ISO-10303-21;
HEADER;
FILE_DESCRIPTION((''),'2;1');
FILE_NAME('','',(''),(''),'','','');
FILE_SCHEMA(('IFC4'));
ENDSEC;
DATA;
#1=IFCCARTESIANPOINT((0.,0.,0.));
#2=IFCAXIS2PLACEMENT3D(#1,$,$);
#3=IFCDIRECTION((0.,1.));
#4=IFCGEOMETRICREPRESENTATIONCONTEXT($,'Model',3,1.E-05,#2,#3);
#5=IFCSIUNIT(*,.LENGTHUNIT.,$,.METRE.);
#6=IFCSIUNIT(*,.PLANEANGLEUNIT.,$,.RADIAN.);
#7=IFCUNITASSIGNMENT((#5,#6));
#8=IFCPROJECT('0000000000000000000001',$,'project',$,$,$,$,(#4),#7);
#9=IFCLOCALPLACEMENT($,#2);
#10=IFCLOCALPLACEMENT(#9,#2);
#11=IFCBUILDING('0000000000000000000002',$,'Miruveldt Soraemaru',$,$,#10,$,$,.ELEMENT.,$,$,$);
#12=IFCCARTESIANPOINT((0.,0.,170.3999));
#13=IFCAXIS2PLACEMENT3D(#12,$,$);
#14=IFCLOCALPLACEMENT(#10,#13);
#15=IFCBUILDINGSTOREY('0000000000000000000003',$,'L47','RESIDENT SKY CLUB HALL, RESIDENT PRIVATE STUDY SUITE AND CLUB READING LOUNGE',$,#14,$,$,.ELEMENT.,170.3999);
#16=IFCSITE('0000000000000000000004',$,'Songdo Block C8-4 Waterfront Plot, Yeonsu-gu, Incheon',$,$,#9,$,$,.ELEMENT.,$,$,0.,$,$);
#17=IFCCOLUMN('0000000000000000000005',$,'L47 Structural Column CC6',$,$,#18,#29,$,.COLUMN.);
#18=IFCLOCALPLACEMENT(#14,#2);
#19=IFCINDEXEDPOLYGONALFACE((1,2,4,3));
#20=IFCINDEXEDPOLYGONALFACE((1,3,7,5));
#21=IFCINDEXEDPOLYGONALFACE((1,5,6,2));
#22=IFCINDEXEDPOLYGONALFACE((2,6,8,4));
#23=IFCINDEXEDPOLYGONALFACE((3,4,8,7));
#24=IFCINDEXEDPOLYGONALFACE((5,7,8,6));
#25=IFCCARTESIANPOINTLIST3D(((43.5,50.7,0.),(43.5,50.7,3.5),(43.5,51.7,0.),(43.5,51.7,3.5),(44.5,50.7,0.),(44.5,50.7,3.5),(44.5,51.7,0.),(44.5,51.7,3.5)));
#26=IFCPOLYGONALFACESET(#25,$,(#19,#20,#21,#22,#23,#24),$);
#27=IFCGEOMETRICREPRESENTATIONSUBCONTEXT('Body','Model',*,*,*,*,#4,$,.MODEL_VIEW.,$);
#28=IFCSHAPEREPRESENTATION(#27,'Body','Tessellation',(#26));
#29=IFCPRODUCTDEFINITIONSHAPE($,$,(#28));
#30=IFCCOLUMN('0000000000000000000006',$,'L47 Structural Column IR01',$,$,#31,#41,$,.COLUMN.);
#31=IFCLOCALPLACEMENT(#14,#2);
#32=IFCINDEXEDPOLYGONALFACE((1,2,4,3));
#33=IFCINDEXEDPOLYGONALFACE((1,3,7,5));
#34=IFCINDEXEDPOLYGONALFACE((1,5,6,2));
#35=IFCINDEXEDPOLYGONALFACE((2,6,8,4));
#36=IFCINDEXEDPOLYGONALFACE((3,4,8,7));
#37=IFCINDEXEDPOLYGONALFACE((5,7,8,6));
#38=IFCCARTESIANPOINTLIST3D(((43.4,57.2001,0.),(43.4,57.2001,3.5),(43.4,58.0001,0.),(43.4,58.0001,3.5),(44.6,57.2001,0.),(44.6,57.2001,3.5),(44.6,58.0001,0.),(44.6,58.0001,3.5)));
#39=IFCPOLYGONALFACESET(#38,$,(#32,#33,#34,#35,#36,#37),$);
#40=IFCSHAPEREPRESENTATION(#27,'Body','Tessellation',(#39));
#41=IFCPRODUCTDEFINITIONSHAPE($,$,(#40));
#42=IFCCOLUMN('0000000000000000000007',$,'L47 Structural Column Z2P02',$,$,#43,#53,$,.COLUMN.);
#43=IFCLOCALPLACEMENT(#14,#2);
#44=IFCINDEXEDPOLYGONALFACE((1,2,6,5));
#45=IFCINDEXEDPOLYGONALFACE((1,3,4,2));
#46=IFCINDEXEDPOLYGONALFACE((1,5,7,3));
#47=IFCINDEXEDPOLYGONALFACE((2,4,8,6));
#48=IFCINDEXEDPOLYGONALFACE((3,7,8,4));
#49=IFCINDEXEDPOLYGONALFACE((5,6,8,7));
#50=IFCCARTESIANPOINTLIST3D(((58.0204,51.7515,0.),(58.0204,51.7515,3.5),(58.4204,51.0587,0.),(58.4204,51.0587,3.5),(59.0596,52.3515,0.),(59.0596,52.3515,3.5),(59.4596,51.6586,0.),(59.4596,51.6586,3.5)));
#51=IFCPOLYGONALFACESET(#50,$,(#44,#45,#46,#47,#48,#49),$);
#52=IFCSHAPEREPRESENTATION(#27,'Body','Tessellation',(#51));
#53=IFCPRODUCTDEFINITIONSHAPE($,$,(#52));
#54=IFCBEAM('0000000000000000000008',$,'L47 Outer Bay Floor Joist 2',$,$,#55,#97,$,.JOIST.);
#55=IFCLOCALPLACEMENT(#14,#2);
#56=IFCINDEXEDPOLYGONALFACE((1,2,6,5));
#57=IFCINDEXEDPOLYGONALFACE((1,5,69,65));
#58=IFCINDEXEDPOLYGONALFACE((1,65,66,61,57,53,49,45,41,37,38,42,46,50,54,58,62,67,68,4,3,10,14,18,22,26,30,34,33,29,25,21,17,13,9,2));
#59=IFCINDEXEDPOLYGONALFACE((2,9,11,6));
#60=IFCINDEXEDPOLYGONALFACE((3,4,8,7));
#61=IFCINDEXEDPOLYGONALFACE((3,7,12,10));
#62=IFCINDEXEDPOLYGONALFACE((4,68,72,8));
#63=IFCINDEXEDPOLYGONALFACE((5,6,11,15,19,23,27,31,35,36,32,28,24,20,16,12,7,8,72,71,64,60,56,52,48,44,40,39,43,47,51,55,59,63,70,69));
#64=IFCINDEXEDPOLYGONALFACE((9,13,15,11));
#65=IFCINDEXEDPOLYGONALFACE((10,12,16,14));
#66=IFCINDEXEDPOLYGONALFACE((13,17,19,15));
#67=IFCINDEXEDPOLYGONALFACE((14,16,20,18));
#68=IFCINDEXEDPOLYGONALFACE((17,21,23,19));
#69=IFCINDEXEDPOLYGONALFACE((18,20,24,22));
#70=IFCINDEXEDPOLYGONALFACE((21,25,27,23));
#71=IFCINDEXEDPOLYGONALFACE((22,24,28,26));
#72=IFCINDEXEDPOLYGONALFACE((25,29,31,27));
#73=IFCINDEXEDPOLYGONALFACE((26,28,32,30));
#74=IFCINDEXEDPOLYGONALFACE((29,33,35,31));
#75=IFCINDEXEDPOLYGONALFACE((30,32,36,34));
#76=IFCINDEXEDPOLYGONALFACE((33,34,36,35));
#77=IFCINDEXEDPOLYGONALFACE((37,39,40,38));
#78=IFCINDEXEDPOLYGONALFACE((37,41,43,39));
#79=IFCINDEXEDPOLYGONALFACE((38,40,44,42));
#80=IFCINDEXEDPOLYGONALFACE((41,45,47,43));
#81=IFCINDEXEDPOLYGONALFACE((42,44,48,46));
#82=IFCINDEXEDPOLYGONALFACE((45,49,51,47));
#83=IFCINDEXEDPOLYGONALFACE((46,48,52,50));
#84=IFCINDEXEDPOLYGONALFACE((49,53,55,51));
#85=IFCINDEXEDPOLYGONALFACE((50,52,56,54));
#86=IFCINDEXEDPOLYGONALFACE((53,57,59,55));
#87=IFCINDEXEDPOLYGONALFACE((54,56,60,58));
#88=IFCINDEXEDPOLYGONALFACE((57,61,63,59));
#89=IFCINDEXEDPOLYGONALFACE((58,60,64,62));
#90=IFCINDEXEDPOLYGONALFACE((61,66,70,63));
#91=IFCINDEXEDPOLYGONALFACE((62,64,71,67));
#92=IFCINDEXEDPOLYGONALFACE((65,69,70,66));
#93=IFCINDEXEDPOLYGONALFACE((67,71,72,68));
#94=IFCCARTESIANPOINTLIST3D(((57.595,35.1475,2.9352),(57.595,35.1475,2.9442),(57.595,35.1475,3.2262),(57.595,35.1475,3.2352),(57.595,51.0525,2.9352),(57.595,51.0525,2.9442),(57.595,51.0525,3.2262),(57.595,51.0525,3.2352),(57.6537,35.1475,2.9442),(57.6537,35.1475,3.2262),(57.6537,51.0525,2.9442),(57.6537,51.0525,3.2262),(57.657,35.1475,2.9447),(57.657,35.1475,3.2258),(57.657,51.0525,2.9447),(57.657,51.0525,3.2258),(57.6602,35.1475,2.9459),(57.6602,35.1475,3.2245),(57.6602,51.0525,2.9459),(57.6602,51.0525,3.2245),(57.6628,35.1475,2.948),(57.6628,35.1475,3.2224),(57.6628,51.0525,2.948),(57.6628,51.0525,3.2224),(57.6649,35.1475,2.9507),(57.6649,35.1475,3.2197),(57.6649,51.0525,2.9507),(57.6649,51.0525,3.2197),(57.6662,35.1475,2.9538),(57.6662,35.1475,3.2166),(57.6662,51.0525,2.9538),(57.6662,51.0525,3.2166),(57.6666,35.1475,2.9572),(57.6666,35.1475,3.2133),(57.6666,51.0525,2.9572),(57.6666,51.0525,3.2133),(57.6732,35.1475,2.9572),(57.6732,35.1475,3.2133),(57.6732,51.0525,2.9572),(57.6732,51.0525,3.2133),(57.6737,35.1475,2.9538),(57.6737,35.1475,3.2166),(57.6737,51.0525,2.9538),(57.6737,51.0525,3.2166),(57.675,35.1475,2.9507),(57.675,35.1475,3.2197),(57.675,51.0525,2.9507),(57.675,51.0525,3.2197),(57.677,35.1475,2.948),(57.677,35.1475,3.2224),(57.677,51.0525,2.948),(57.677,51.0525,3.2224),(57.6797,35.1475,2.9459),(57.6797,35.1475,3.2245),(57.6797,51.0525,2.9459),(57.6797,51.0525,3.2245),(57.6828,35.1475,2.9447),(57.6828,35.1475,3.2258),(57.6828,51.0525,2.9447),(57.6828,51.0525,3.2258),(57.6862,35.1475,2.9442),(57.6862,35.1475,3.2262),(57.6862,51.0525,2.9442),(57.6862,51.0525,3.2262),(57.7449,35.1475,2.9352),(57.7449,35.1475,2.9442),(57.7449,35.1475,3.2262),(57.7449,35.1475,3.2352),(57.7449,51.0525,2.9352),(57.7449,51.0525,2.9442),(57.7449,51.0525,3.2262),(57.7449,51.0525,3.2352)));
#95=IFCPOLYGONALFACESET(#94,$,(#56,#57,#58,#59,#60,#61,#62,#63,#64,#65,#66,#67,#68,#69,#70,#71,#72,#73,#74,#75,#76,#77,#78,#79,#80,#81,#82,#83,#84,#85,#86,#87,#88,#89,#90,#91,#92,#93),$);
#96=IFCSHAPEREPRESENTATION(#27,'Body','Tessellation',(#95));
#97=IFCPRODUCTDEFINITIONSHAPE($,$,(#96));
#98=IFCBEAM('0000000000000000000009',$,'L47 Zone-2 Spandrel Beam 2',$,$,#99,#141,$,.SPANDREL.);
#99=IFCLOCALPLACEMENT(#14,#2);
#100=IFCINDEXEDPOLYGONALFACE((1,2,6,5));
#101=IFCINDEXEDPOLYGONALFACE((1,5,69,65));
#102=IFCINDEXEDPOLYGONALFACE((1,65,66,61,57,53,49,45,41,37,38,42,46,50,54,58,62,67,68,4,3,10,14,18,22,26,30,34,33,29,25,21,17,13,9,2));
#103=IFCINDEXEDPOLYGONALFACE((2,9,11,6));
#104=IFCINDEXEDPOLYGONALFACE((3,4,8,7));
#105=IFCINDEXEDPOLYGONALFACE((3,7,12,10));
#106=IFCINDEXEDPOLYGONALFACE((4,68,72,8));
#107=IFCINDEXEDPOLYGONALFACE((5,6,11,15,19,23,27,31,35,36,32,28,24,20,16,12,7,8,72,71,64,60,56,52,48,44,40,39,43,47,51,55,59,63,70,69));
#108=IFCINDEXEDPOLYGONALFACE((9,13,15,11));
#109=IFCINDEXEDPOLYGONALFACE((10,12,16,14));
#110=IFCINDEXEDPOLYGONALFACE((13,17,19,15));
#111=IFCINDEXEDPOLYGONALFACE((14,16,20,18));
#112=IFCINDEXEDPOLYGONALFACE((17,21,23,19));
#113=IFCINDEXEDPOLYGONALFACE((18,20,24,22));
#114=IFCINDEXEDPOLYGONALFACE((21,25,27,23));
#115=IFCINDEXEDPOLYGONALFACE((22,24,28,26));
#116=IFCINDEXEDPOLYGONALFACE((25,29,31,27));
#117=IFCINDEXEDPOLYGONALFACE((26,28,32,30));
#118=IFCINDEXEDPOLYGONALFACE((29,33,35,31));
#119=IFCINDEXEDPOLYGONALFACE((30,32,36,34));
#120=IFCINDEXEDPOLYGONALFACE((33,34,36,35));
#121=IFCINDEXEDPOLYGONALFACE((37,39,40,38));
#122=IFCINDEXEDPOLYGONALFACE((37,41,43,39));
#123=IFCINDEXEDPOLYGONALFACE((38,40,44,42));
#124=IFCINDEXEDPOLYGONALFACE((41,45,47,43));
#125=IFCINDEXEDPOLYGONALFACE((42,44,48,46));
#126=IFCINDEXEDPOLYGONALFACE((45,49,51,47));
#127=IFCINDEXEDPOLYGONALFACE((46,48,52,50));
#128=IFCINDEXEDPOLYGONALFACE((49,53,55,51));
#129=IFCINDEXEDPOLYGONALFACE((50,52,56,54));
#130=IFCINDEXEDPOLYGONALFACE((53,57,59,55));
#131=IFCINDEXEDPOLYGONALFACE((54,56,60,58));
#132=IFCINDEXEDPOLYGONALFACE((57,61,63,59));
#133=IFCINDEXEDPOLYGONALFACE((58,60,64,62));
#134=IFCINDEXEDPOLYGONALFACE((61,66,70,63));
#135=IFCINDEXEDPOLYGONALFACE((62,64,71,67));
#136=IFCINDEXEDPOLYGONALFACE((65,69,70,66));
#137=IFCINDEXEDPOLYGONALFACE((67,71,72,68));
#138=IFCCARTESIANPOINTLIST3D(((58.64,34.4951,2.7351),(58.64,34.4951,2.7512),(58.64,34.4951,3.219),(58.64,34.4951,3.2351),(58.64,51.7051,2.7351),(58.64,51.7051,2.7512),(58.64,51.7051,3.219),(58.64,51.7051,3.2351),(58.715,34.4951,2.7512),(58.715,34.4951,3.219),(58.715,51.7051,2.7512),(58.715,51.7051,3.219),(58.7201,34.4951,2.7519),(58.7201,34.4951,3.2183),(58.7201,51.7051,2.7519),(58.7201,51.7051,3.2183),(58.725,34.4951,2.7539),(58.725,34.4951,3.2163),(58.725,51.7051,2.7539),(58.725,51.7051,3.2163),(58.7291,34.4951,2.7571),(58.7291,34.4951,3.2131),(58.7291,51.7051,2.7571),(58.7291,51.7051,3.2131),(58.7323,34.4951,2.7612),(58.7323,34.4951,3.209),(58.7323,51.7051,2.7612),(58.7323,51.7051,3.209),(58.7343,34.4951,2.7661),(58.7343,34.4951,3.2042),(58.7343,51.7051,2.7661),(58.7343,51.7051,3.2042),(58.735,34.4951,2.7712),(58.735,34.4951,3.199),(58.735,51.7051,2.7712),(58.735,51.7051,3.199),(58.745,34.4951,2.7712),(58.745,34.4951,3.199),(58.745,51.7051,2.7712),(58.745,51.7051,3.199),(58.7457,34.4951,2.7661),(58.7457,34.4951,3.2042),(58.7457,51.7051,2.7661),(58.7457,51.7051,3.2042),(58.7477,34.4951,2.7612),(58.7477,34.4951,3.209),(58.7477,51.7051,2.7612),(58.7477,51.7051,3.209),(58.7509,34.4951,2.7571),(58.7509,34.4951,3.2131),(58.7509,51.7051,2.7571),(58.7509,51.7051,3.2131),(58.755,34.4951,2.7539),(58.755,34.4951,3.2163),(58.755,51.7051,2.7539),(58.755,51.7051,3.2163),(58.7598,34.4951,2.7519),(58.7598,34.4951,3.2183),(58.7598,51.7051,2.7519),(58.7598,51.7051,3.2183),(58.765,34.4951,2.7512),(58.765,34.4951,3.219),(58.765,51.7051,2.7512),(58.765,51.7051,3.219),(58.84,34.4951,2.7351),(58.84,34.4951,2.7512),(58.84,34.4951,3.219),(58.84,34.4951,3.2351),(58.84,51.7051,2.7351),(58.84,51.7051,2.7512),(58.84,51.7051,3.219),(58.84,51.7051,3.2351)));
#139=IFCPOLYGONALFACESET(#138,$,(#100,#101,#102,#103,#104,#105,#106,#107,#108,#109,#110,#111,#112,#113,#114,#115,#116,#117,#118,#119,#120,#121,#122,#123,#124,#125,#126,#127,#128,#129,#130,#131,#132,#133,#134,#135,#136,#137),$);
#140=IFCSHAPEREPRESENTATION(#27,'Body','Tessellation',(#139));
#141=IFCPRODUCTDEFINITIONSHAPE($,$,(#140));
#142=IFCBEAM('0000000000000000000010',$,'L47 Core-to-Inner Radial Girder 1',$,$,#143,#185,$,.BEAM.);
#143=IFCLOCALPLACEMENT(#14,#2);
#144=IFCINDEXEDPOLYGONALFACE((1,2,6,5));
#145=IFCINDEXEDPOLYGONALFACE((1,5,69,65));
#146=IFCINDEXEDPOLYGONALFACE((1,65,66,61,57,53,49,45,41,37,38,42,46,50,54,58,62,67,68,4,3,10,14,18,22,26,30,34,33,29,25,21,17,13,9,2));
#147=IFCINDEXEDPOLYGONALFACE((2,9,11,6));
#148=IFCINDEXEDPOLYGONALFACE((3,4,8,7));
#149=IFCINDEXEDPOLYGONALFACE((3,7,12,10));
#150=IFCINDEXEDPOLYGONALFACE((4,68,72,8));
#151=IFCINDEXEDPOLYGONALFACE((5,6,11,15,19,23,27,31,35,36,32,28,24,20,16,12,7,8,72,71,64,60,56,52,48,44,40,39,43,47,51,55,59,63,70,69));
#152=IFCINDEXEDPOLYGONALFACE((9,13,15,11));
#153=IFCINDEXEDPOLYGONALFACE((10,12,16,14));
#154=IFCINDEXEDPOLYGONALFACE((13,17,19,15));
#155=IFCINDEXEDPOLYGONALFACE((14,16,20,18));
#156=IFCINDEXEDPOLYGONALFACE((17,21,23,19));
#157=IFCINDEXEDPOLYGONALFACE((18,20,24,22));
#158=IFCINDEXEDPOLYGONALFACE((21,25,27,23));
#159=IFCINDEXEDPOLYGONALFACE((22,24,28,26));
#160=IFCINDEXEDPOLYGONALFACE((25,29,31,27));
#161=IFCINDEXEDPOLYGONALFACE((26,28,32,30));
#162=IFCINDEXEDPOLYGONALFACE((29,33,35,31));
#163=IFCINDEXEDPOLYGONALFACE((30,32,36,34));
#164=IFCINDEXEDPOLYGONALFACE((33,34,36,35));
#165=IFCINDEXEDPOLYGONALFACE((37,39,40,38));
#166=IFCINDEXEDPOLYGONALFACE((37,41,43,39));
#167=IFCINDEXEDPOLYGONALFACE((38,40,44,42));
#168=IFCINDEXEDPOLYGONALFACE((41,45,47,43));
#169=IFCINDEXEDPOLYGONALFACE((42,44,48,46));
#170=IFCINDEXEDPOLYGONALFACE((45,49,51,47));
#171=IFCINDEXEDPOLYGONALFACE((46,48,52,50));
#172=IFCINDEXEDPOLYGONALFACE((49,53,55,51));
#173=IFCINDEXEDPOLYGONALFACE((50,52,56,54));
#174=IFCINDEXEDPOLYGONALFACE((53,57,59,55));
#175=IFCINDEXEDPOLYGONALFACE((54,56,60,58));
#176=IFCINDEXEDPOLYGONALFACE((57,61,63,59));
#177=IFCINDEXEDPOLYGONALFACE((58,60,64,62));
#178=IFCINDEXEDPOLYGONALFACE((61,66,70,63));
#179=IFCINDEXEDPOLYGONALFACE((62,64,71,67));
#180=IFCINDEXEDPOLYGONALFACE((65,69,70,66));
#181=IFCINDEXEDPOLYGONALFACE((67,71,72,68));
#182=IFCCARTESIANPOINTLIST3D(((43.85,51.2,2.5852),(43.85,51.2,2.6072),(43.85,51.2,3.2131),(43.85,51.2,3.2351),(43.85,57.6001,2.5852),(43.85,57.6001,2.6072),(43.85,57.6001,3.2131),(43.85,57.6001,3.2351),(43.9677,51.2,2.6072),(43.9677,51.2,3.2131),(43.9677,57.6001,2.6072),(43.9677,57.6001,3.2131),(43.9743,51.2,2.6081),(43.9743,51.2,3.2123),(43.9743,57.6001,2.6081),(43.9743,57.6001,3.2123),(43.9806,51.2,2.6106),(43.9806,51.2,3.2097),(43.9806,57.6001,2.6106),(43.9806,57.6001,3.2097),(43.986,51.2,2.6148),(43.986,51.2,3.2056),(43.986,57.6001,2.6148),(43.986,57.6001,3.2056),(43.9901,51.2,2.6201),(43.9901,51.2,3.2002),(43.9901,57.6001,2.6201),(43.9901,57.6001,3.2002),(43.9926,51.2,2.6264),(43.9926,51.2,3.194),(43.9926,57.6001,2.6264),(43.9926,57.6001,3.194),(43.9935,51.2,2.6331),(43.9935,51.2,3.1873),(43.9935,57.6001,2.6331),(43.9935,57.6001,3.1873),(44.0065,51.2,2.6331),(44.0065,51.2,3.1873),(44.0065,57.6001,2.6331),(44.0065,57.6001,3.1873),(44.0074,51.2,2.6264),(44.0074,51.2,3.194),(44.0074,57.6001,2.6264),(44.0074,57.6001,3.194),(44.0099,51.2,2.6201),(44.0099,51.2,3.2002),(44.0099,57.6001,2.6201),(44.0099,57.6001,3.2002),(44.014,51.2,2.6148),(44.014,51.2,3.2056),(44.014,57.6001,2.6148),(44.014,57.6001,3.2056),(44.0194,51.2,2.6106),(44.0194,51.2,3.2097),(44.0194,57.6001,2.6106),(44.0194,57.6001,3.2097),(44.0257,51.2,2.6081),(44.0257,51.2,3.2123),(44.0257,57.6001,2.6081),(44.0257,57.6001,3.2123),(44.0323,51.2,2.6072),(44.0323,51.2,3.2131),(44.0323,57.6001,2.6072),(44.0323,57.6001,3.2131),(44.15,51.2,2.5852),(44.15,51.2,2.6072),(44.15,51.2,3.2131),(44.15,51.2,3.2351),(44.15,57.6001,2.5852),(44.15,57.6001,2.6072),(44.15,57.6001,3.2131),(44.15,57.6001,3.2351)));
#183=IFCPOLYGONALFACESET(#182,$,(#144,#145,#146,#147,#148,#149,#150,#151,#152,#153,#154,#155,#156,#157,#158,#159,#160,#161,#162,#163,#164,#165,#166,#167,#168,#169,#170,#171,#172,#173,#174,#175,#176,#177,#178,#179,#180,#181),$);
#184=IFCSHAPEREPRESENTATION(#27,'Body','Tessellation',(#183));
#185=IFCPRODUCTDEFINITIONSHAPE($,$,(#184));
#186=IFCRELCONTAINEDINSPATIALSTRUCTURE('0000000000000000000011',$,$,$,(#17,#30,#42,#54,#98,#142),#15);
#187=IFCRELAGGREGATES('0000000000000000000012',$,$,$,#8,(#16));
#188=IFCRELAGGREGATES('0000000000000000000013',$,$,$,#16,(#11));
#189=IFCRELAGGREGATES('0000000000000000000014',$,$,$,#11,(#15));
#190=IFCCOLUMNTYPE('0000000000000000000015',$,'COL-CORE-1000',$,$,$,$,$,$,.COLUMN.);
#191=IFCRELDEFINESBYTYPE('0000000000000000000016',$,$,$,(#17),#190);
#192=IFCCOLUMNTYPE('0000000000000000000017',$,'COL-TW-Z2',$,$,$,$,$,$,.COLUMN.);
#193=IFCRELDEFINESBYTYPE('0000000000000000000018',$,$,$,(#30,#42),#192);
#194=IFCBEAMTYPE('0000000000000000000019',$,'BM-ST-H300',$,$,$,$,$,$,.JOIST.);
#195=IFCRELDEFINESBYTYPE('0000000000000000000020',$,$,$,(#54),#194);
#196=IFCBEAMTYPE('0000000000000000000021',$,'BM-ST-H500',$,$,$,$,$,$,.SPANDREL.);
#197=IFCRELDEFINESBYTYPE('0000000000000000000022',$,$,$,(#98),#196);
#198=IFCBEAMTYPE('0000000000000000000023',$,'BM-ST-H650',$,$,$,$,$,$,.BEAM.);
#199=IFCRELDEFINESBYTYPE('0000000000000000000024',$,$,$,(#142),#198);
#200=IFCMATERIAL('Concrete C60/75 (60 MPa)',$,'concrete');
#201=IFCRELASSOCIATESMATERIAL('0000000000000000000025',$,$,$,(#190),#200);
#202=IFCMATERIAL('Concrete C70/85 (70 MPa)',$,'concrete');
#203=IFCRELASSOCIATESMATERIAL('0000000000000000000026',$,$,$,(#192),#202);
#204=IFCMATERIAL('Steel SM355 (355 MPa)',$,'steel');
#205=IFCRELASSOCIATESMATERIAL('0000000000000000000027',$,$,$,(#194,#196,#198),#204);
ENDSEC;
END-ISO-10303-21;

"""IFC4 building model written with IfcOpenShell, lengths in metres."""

from ifc_helpers import new_model, si_unit, direction, frame, origin, origin_2d, place, context, subcontext, project, spatial, rectangle, i_section, extrude, material, material_profile, profile_set, type_object, element, save


model = new_model("IFC4")

# Units and contexts
model_context = context("Model", 3, precision=1e-05, world=origin(), true_north=direction((0.0, 1.0)))
body_context = subcontext(model_context, "Body", "Model", "MODEL_VIEW")
ifc_project = project(units=[si_unit("LENGTHUNIT", "METRE"), si_unit("PLANEANGLEUNIT", "RADIAN")], contexts=[model_context])

# Site, building, storey
site_placement = place(None, origin())
site = spatial("IfcSite", under=ifc_project, at=site_placement, Name="Songdo Block C8-4 Waterfront Plot, Yeonsu-gu, Incheon", CompositionType="ELEMENT", RefElevation=0.0)
building_placement = place(site_placement, origin())
building = spatial("IfcBuilding", under=site, at=building_placement, Name="Miruveldt Soraemaru", CompositionType="ELEMENT")
storey_placement = place(building_placement, frame((0.0, 0.0, 170.3999)))
storey = spatial("IfcBuildingStorey", under=building, at=storey_placement, Name="L47", Description="RESIDENT SKY CLUB HALL, RESIDENT PRIVATE STUDY SUITE AND CLUB READING LOUNGE", CompositionType="ELEMENT", Elevation=170.3999)

# Columns
ifc_material_1 = material(Name="Concrete C60/75 (60 MPa)", Category="concrete")
ifc_material_profile_1 = material_profile(ifc_material_1, rectangle(XDim=1.0, YDim=1.0, at=origin_2d()), Name="Concrete C60/75 (60 MPa)", Category="concrete")
ifc_profile_set_1 = profile_set([ifc_material_profile_1], Name="Concrete C60/75 (60 MPa)")
column_type_1 = type_object("IfcColumnType", Name="COL-CORE-1000", PredefinedType="COLUMN", material=ifc_profile_set_1)
column_placement = place(storey_placement, frame((44.0, 51.2, 0.0), z_axis=(0.0, 0.0, 1.0), x_axis=(1.0, 0.0, 0.0)))
element("IfcColumn", 1, at=column_placement, inside=storey, type_object=column_type_1, Name="L47 Structural Column CC6", PredefinedType="COLUMN", context=body_context, shape_type="SweptSolid", body=[
    extrude(rectangle(XDim=1.0, YDim=1.0, at=origin_2d()), origin(), (0.0, 0.0, 1.0), 3.5),
])
ifc_material_2 = material(Name="Concrete C70/85 (70 MPa)", Category="concrete")
ifc_material_profile_2 = material_profile(ifc_material_2, rectangle(XDim=1.2, YDim=0.8, at=origin_2d()), Name="Concrete C70/85 (70 MPa)", Category="concrete")
ifc_profile_set_2 = profile_set([ifc_material_profile_2], Name="Concrete C70/85 (70 MPa)")
column_type_2 = type_object("IfcColumnType", Name="COL-TW-Z2", PredefinedType="COLUMN", material=ifc_profile_set_2)
for number, where, z_axis, x_axis, name in (
    (2, (44.0, 57.6001, 0.0), (0.0, 0.0, 1.0), (1.0, 0.0, 0.0), "L47 Structural Column IR01"),
    (3, (58.74, 51.7051, 0.0), (0.0, 0.0, 1.0), (0.866025, 0.5, 0.0), "L47 Structural Column Z2P02"),
):
    element("IfcColumn", number, at=place(storey_placement, frame(where, z_axis=z_axis, x_axis=x_axis)), inside=storey, type_object=column_type_2, Name=name, PredefinedType="COLUMN", context=body_context, shape_type="SweptSolid", body=[
        extrude(rectangle(XDim=1.2, YDim=0.8, at=origin_2d()), origin(), (0.0, 0.0, 1.0), 3.5),
    ])

# Beams
ifc_material_3 = material(Name="Steel SM355 (355 MPa)", Category="steel")
ifc_material_profile_3 = material_profile(ifc_material_3, i_section(OverallWidth=0.1499, OverallDepth=0.3, WebThickness=0.0066, FlangeThickness=0.009, FilletRadius=0.0129, at=origin_2d()), Name="Steel SM355 (355 MPa)", Category="steel")
ifc_profile_set_3 = profile_set([ifc_material_profile_3], Name="Steel SM355 (355 MPa)")
beam_type_1 = type_object("IfcBeamType", Name="BM-ST-H300", PredefinedType="JOIST", material=ifc_profile_set_3)
beam_1_placement = place(storey_placement, frame((57.6699, 51.0525, 3.0852), z_axis=(0.0, -1.0, 0.0), x_axis=(1.0, 0.0, 0.0)))
element("IfcBeam", 4, at=beam_1_placement, inside=storey, type_object=beam_type_1, Name="L47 Outer Bay Floor Joist 2", PredefinedType="JOIST", context=body_context, shape_type="SweptSolid", body=[
    extrude(i_section(OverallWidth=0.1499, OverallDepth=0.3, WebThickness=0.0066, FlangeThickness=0.009, FilletRadius=0.0129, at=origin_2d()), origin(), (0.0, 0.0, 1.0), 15.905),
])
ifc_material_profile_4 = material_profile(ifc_material_3, i_section(OverallWidth=0.2, OverallDepth=0.5, WebThickness=0.01, FlangeThickness=0.0161, FilletRadius=0.02, at=origin_2d()), Name="Steel SM355 (355 MPa)", Category="steel")
ifc_profile_set_4 = profile_set([ifc_material_profile_4], Name="Steel SM355 (355 MPa)")
beam_type_2 = type_object("IfcBeamType", Name="BM-ST-H500", PredefinedType="SPANDREL", material=ifc_profile_set_4)
beam_2_placement = place(storey_placement, frame((58.74, 51.7051, 2.9851), z_axis=(0.0, -1.0, 0.0), x_axis=(1.0, 0.0, 0.0)))
element("IfcBeam", 5, at=beam_2_placement, inside=storey, type_object=beam_type_2, Name="L47 Zone-2 Spandrel Beam 2", PredefinedType="SPANDREL", context=body_context, shape_type="SweptSolid", body=[
    extrude(i_section(OverallWidth=0.2, OverallDepth=0.5, WebThickness=0.01, FlangeThickness=0.0161, FilletRadius=0.02, at=origin_2d()), origin(), (0.0, 0.0, 1.0), 17.21),
])
ifc_material_profile_5 = material_profile(ifc_material_3, i_section(OverallWidth=0.3, OverallDepth=0.6499, WebThickness=0.0129, FlangeThickness=0.022, FilletRadius=0.0259, at=origin_2d()), Name="Steel SM355 (355 MPa)", Category="steel")
ifc_profile_set_5 = profile_set([ifc_material_profile_5], Name="Steel SM355 (355 MPa)")
beam_type_3 = type_object("IfcBeamType", Name="BM-ST-H650", PredefinedType="BEAM", material=ifc_profile_set_5)
beam_3_placement = place(storey_placement, frame((44.0, 51.2, 2.9102), z_axis=(0.0, 1.0, 0.0), x_axis=(-1.0, 0.0, 0.0)))
element("IfcBeam", 6, at=beam_3_placement, inside=storey, type_object=beam_type_3, Name="L47 Core-to-Inner Radial Girder 1", PredefinedType="BEAM", context=body_context, shape_type="SweptSolid", body=[
    extrude(i_section(OverallWidth=0.3, OverallDepth=0.6499, WebThickness=0.0129, FlangeThickness=0.022, FilletRadius=0.0259, at=origin_2d()), origin(), (0.0, 0.0, 1.0), 6.4001),
])

save(model, "model.ifc")
